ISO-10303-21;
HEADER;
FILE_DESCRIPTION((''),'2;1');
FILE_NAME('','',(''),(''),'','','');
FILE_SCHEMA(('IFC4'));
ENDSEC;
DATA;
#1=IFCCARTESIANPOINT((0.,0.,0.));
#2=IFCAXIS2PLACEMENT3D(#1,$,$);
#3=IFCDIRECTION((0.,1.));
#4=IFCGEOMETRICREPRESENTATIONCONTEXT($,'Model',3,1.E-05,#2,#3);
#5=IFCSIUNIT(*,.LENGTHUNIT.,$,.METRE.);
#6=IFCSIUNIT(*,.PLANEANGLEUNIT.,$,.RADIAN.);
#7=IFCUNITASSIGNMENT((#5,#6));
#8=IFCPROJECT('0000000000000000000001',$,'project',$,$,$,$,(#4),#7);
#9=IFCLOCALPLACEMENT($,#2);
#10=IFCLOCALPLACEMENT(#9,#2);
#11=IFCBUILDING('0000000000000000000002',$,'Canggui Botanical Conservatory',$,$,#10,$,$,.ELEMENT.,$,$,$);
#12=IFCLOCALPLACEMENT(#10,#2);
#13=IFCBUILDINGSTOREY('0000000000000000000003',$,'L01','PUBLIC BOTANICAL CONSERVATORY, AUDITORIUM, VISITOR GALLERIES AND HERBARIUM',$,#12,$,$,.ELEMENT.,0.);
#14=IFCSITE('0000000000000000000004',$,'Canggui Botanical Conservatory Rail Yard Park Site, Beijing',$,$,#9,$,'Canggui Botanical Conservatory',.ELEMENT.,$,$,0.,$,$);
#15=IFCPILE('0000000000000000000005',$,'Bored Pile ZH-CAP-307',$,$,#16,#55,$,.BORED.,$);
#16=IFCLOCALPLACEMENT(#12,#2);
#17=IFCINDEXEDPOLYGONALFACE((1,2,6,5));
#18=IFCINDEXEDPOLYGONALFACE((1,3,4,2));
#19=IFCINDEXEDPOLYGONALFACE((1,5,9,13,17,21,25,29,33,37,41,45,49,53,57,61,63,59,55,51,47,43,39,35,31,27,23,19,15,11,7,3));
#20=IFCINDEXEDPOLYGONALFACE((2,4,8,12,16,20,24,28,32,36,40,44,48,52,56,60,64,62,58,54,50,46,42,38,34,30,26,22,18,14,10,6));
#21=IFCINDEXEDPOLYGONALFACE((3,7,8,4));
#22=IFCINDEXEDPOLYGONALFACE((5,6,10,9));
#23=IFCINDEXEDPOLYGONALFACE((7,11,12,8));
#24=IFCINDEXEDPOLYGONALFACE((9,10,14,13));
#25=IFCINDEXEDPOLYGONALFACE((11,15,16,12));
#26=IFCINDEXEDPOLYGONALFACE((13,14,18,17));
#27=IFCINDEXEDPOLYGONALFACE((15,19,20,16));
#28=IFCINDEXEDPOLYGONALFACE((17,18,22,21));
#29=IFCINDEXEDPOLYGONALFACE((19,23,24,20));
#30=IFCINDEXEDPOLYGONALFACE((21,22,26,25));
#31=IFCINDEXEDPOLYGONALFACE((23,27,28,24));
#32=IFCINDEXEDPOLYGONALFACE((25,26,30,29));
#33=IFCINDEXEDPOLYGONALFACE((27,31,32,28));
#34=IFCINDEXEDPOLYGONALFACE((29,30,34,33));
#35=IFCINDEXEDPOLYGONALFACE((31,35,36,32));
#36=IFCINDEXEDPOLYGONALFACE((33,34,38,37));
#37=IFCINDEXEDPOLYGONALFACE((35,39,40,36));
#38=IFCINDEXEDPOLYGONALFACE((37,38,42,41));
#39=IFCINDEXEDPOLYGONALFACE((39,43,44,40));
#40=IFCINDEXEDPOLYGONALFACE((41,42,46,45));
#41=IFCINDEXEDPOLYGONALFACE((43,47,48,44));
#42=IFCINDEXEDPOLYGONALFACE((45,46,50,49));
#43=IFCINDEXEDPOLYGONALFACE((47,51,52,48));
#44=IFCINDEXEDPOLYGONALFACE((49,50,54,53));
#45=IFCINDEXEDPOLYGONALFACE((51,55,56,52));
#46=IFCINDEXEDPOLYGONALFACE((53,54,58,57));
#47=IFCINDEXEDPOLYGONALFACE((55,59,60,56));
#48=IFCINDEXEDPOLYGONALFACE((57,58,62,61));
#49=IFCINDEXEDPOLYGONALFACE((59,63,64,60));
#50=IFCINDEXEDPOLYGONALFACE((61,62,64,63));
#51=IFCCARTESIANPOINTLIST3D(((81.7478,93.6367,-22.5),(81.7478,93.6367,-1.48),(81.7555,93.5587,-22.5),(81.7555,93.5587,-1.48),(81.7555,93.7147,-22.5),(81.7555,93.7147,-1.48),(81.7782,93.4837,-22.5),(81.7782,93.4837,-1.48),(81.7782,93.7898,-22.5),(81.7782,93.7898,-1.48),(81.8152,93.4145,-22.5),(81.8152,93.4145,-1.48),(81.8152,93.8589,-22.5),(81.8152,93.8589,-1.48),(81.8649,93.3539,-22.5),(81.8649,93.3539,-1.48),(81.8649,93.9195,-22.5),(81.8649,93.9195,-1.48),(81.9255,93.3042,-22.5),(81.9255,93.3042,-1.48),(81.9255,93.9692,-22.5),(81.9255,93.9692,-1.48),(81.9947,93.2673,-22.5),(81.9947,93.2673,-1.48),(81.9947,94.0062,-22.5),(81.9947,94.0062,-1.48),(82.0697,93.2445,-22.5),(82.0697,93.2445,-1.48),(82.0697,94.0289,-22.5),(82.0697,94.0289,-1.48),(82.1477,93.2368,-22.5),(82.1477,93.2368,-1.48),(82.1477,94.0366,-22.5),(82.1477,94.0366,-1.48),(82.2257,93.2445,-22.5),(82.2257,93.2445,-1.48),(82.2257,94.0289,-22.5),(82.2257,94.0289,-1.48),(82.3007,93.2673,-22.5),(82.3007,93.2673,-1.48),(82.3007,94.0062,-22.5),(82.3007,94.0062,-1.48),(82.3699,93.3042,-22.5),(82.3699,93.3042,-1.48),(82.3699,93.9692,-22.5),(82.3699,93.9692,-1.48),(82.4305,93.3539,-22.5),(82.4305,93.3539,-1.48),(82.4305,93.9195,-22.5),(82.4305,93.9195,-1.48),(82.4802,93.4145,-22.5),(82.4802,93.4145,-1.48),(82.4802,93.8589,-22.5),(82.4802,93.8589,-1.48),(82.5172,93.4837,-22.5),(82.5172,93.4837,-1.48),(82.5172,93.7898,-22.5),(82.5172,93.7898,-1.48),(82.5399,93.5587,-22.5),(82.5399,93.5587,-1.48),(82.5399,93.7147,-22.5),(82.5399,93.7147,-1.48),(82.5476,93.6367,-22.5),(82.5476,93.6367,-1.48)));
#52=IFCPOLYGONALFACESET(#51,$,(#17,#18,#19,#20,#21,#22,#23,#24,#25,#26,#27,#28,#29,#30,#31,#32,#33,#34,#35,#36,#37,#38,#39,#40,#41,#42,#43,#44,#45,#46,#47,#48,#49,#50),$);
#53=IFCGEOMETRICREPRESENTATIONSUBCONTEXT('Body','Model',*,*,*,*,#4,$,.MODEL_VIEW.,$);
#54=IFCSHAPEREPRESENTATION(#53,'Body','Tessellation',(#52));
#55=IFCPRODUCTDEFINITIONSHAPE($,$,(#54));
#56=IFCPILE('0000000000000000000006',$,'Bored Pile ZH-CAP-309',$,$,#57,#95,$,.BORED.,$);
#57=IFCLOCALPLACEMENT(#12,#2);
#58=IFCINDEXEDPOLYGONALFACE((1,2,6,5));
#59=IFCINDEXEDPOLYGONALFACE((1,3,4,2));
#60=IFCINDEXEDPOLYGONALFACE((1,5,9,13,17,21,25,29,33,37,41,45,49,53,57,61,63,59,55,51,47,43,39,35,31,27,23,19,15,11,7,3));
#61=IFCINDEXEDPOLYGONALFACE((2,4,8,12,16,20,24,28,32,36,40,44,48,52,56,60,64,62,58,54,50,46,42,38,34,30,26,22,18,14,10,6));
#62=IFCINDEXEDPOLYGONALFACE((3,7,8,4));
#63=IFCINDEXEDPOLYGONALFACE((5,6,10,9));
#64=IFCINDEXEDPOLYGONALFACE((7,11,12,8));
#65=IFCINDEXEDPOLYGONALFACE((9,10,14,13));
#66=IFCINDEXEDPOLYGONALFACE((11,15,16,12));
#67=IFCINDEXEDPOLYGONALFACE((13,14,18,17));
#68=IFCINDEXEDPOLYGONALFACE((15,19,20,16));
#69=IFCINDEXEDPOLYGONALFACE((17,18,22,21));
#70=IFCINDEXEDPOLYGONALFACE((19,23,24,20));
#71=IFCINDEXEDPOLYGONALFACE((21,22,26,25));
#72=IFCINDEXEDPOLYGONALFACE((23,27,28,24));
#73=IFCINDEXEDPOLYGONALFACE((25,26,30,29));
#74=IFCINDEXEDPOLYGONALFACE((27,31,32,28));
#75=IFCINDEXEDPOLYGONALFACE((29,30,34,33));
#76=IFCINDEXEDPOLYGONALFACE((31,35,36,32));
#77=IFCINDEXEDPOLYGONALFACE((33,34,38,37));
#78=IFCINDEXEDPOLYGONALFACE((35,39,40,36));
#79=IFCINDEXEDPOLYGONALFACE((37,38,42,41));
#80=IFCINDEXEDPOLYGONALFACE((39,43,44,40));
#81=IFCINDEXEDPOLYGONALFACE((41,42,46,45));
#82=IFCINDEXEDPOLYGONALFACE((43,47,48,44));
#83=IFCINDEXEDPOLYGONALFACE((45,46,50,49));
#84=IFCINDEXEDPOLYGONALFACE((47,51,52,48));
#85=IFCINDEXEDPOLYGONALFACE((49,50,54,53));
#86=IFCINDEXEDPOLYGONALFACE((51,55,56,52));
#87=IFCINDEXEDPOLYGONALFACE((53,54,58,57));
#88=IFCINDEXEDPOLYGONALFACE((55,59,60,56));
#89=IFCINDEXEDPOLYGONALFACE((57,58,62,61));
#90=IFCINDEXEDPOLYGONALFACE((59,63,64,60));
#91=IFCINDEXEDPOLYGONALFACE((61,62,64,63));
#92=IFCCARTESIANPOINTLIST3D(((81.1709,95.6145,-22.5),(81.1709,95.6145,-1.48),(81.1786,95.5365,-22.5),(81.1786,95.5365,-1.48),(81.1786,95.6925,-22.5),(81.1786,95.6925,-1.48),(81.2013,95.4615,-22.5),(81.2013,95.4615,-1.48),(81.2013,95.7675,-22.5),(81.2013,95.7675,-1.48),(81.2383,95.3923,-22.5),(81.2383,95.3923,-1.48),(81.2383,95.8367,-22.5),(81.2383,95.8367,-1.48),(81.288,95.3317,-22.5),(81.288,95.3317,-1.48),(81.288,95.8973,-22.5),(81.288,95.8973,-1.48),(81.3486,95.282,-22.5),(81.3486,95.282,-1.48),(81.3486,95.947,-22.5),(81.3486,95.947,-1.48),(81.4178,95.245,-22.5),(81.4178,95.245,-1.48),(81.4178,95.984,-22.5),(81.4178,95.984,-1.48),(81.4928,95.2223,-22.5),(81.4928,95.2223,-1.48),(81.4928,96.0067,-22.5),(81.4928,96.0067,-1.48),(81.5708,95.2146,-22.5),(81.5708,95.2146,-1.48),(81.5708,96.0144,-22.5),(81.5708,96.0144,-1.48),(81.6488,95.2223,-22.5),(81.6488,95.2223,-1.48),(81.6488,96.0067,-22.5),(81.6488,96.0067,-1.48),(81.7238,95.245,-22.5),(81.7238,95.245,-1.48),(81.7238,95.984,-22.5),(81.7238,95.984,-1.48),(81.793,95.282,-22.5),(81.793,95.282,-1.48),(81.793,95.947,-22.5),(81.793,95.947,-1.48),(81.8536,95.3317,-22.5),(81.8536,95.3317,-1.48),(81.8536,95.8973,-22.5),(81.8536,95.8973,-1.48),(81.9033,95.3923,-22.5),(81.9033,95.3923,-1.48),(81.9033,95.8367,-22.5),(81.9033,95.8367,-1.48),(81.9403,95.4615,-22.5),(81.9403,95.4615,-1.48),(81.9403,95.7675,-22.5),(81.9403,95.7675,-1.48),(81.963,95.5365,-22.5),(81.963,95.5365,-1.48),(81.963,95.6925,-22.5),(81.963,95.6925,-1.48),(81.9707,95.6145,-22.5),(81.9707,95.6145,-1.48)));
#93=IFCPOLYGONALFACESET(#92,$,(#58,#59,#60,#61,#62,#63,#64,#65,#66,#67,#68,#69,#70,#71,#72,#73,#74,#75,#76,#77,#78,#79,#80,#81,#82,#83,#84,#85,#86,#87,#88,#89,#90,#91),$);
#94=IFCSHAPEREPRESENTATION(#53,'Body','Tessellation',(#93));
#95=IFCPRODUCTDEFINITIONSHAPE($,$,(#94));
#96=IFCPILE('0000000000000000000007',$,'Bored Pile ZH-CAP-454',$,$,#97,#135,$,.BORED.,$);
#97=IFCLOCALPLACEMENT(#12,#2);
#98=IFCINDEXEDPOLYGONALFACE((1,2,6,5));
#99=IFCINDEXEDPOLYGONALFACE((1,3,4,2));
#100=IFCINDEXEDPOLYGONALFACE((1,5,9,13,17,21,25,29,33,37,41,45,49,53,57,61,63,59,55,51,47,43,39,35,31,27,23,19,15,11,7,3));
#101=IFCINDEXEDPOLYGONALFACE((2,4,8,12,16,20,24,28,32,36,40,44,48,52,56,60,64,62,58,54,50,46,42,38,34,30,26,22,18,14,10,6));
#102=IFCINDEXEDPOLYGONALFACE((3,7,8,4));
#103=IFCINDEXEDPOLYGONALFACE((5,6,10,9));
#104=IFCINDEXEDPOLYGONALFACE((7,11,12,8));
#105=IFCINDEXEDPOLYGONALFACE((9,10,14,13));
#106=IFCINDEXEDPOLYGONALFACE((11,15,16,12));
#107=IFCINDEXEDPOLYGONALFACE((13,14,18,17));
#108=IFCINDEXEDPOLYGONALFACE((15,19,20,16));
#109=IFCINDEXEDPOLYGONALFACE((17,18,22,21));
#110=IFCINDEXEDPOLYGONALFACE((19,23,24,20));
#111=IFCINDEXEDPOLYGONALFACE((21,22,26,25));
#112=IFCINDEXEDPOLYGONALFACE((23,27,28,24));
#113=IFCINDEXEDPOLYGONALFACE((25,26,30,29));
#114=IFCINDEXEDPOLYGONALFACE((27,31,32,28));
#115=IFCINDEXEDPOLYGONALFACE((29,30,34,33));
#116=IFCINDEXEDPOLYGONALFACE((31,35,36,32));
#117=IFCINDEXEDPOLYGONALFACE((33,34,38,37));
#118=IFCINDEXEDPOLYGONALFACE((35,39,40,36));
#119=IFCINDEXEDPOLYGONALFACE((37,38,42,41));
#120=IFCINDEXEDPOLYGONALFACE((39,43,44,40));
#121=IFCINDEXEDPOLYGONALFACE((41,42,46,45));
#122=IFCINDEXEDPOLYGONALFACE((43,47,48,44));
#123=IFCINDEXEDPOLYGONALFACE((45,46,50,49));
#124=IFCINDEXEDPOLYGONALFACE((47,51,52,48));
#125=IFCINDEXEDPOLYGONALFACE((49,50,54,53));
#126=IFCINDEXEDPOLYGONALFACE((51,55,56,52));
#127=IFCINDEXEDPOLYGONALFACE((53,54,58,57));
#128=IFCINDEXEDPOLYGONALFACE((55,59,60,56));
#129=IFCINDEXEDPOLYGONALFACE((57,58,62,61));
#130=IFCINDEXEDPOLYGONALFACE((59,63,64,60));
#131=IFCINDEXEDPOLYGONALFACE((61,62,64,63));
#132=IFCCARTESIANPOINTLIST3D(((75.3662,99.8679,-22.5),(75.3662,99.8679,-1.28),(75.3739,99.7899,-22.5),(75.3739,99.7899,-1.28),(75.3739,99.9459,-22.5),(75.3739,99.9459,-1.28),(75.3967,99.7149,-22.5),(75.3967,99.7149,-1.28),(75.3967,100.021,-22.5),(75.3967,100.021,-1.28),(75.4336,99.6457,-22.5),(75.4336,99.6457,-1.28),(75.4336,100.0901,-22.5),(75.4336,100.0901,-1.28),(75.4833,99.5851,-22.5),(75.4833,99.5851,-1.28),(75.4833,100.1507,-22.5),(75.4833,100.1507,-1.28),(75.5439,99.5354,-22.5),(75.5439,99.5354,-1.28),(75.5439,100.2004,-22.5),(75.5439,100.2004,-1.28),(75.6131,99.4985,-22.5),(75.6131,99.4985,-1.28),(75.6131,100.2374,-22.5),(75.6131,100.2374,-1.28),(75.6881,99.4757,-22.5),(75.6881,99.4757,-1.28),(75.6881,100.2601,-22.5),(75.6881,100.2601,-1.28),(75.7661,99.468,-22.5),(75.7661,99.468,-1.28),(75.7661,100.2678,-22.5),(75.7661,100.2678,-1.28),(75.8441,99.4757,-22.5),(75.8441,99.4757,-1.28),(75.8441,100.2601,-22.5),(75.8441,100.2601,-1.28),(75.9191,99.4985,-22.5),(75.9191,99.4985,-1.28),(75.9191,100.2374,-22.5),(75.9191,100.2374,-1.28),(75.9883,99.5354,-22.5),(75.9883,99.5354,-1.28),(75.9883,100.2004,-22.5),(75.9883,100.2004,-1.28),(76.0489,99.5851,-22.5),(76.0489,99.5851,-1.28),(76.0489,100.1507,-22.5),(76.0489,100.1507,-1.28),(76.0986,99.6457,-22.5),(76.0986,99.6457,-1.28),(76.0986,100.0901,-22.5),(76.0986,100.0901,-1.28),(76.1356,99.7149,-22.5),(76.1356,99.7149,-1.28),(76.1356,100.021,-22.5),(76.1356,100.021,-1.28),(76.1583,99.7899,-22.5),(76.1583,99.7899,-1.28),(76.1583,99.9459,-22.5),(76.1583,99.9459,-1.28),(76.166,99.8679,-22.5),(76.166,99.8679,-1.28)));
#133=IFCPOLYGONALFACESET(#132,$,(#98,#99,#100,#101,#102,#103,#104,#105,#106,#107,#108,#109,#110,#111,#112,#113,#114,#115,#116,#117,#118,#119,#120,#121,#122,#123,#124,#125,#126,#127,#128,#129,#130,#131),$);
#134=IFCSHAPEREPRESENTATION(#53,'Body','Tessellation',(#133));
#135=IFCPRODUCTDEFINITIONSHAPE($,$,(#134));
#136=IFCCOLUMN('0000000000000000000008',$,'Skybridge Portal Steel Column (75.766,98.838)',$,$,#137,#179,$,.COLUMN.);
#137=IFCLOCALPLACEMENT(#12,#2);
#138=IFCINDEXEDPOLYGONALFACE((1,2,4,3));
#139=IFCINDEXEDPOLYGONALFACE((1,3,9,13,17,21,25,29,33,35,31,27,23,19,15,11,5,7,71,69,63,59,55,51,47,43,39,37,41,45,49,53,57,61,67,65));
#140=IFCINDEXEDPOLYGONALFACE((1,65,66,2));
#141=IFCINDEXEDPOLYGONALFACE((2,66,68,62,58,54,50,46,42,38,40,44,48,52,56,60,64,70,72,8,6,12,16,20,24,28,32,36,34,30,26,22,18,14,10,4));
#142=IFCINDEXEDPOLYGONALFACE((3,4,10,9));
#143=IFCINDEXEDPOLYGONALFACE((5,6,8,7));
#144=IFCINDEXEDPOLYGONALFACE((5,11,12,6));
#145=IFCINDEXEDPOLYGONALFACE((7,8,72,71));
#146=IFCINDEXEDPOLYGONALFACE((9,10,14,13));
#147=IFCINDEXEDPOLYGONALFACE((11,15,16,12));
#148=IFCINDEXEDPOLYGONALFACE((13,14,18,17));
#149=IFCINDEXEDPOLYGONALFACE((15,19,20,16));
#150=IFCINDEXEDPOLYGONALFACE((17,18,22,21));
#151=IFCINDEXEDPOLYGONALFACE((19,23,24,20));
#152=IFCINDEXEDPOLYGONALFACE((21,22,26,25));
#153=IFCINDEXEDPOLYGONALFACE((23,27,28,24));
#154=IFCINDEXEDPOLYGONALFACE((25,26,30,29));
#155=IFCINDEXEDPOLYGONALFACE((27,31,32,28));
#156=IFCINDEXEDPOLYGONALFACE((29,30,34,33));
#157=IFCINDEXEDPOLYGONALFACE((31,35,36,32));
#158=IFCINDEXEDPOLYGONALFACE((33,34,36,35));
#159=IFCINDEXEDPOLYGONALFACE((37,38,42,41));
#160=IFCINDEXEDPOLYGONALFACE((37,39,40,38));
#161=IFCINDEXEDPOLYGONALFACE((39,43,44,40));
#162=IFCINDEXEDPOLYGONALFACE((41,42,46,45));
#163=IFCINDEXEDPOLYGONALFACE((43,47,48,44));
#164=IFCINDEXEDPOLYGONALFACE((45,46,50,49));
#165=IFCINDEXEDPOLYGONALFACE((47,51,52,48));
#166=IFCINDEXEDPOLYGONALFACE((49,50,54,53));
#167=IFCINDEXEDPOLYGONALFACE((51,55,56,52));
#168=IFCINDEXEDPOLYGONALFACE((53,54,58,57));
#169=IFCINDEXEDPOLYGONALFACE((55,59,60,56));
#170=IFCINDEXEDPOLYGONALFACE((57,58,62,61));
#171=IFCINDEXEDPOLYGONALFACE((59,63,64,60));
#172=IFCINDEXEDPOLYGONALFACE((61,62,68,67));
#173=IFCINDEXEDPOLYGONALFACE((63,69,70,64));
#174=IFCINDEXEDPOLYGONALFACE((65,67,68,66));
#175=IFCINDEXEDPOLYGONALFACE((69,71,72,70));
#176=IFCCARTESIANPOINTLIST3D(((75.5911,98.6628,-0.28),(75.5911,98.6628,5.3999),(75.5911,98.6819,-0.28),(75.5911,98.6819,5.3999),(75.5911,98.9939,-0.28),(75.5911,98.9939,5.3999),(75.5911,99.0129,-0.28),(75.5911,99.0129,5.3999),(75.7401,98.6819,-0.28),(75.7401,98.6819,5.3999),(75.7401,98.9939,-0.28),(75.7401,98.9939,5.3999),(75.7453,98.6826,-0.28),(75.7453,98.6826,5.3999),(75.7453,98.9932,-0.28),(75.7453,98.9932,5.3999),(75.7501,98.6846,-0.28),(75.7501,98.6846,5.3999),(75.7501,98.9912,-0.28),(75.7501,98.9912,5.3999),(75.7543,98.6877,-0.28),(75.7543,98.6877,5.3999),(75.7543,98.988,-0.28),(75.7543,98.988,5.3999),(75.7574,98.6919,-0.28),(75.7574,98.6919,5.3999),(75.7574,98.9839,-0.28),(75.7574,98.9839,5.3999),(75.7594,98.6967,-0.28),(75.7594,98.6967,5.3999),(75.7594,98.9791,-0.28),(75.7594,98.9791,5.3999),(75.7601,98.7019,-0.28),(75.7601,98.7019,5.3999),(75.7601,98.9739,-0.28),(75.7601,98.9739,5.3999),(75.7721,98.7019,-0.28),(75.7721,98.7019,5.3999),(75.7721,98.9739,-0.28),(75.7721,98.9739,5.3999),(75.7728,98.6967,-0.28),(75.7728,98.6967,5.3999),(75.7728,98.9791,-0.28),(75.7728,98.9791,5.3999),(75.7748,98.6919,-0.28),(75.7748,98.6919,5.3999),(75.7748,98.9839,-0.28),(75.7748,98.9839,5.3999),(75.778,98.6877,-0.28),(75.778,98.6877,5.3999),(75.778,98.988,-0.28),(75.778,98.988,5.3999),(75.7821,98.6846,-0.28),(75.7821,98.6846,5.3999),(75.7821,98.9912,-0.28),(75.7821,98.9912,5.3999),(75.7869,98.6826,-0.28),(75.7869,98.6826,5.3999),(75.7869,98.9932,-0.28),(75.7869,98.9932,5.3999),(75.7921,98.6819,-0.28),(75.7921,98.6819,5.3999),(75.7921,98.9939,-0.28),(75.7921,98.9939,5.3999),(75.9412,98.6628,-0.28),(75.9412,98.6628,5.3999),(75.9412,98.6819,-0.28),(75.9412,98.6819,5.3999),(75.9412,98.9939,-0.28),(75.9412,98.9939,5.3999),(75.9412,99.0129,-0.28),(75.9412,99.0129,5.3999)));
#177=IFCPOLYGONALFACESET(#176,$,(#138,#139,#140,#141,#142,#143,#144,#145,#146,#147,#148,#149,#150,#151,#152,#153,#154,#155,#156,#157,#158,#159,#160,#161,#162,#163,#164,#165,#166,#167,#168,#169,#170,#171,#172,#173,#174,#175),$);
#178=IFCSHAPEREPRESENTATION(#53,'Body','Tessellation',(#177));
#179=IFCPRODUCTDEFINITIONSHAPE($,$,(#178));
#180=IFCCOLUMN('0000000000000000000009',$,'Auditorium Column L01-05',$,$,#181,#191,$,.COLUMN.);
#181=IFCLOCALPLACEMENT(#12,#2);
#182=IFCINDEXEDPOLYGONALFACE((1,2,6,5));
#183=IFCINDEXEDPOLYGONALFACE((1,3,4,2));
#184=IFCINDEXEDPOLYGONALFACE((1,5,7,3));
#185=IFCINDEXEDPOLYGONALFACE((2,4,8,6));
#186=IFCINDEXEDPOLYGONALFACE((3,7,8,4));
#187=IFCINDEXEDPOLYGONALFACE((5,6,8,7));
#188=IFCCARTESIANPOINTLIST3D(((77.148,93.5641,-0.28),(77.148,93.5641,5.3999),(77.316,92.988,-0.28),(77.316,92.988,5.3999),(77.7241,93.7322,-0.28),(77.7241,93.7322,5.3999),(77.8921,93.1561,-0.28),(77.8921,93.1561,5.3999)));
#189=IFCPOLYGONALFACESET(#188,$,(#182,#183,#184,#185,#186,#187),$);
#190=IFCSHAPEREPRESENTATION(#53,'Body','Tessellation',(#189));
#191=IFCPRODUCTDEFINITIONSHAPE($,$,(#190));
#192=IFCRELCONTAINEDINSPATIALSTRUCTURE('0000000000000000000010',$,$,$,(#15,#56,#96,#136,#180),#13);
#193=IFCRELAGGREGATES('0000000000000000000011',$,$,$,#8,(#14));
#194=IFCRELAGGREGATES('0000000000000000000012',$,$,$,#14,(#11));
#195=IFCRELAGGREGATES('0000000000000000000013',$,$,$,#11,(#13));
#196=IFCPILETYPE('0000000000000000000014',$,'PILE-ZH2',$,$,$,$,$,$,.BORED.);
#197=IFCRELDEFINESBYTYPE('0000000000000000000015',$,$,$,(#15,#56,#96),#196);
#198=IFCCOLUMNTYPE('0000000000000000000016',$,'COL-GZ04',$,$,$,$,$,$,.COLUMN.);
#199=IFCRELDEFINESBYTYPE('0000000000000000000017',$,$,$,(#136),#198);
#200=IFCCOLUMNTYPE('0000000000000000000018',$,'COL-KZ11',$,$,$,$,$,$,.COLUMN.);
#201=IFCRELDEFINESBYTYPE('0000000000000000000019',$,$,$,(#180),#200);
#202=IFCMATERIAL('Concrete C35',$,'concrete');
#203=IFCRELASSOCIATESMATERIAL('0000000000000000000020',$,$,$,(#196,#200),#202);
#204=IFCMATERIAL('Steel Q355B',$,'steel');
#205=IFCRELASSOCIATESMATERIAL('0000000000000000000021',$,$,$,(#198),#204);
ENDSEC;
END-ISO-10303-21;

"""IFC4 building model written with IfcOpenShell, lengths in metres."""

from ifc_helpers import new_model, si_unit, direction, frame, origin, origin_2d, place, context, subcontext, project, spatial, rectangle, circle, i_section, extrude, material, material_profile, profile_set, type_object, element, save


model = new_model("IFC4")

# Units and contexts
model_context = context("Model", 3, precision=1e-05, world=origin(), true_north=direction((0.0, 1.0)))
body_context = subcontext(model_context, "Body", "Model", "MODEL_VIEW")
ifc_project = project(units=[si_unit("LENGTHUNIT", "METRE"), si_unit("PLANEANGLEUNIT", "RADIAN")], contexts=[model_context])

# Site, building, storey
site_placement = place(None, origin())
site = spatial("IfcSite", under=ifc_project, at=site_placement, Name="Canggui Botanical Conservatory Rail Yard Park Site, Beijing", LongName="Canggui Botanical Conservatory", CompositionType="ELEMENT", RefElevation=0.0)
building_placement = place(site_placement, origin())
building = spatial("IfcBuilding", under=site, at=building_placement, Name="Canggui Botanical Conservatory", CompositionType="ELEMENT")
storey_placement = place(building_placement, origin())
storey = spatial("IfcBuildingStorey", under=building, at=storey_placement, Name="L01", Description="PUBLIC BOTANICAL CONSERVATORY, AUDITORIUM, VISITOR GALLERIES AND HERBARIUM", CompositionType="ELEMENT", Elevation=0.0)

# Shared definitions
ifc_material_1 = material(Name="Concrete C35", Category="concrete")

# Piles
ifc_material_profile_1 = material_profile(ifc_material_1, circle(Radius=0.3999, at=origin_2d()), Name="PILE D800")
ifc_profile_set_1 = profile_set([ifc_material_profile_1], Name="Concrete C35")
pile_type = type_object("IfcPileType", Name="PILE-ZH2", PredefinedType="BORED", material=ifc_profile_set_1)
for number, where, z_axis, x_axis, name in (
    (1, (82.1477, 93.6367, -1.48), (0.0, 0.0, -1.0), (1.0, 0.0, 0.0), "Bored Pile ZH-CAP-307"),
    (2, (81.5708, 95.6145, -1.48), (0.0, 0.0, -1.0), (1.0, 0.0, 0.0), "Bored Pile ZH-CAP-309"),
):
    element("IfcPile", number, at=place(storey_placement, frame(where, z_axis=z_axis, x_axis=x_axis)), inside=storey, type_object=pile_type, Name=name, PredefinedType="BORED", context=body_context, shape_type="SweptSolid", body=[
        extrude(circle(Radius=0.3999, at=origin_2d()), origin(), (0.0, 0.0, 1.0), 21.02),
    ])
pile_placement = place(storey_placement, frame((75.7661, 99.8679, -1.28), z_axis=(0.0, 0.0, -1.0), x_axis=(1.0, 0.0, 0.0)))
element("IfcPile", 3, at=pile_placement, inside=storey, type_object=pile_type, Name="Bored Pile ZH-CAP-454", PredefinedType="BORED", context=body_context, shape_type="SweptSolid", body=[
    extrude(circle(Radius=0.3999, at=origin_2d()), origin(), (0.0, 0.0, 1.0), 21.22),
])

# Columns
ifc_material_2 = material(Name="Steel Q355B", Category="steel")
ifc_material_profile_2 = material_profile(ifc_material_2, i_section(OverallWidth=0.3501, OverallDepth=0.3501, WebThickness=0.012, FlangeThickness=0.019, FilletRadius=0.02, at=origin_2d()), Name="HW 350x350x12x19")
ifc_profile_set_2 = profile_set([ifc_material_profile_2], Name="Steel Q355B")
column_type_1 = type_object("IfcColumnType", Name="COL-GZ04", PredefinedType="COLUMN", material=ifc_profile_set_2)
column_1_placement = place(storey_placement, frame((75.7661, 98.8379, -0.28), z_axis=(0.0, 0.0, 1.0), x_axis=(1.0, 0.0, 0.0)))
element("IfcColumn", 4, at=column_1_placement, inside=storey, type_object=column_type_1, Name="Skybridge Portal Steel Column (75.766,98.838)", PredefinedType="COLUMN", context=body_context, shape_type="SweptSolid", body=[
    extrude(i_section(OverallWidth=0.3501, OverallDepth=0.3501, WebThickness=0.012, FlangeThickness=0.019, FilletRadius=0.02, at=origin_2d()), origin(), (0.0, 0.0, 1.0), 5.6799),
])
ifc_material_profile_3 = material_profile(ifc_material_1, rectangle(XDim=0.6001, YDim=0.6001, at=origin_2d()), Name="RC 600x600")
ifc_profile_set_3 = profile_set([ifc_material_profile_3], Name="Concrete C35")
column_type_2 = type_object("IfcColumnType", Name="COL-KZ11", PredefinedType="COLUMN", material=ifc_profile_set_3)
column_2_placement = place(storey_placement, frame((77.52, 93.3601, -0.28), z_axis=(0.0, 0.0, 1.0), x_axis=(0.96, 0.28, 0.0)))
element("IfcColumn", 5, at=column_2_placement, inside=storey, type_object=column_type_2, Name="Auditorium Column L01-05", PredefinedType="COLUMN", context=body_context, shape_type="SweptSolid", body=[
    extrude(rectangle(XDim=0.6001, YDim=0.6001, at=origin_2d()), origin(), (0.0, 0.0, 1.0), 5.6799),
])

save(model, "model.ifc")
